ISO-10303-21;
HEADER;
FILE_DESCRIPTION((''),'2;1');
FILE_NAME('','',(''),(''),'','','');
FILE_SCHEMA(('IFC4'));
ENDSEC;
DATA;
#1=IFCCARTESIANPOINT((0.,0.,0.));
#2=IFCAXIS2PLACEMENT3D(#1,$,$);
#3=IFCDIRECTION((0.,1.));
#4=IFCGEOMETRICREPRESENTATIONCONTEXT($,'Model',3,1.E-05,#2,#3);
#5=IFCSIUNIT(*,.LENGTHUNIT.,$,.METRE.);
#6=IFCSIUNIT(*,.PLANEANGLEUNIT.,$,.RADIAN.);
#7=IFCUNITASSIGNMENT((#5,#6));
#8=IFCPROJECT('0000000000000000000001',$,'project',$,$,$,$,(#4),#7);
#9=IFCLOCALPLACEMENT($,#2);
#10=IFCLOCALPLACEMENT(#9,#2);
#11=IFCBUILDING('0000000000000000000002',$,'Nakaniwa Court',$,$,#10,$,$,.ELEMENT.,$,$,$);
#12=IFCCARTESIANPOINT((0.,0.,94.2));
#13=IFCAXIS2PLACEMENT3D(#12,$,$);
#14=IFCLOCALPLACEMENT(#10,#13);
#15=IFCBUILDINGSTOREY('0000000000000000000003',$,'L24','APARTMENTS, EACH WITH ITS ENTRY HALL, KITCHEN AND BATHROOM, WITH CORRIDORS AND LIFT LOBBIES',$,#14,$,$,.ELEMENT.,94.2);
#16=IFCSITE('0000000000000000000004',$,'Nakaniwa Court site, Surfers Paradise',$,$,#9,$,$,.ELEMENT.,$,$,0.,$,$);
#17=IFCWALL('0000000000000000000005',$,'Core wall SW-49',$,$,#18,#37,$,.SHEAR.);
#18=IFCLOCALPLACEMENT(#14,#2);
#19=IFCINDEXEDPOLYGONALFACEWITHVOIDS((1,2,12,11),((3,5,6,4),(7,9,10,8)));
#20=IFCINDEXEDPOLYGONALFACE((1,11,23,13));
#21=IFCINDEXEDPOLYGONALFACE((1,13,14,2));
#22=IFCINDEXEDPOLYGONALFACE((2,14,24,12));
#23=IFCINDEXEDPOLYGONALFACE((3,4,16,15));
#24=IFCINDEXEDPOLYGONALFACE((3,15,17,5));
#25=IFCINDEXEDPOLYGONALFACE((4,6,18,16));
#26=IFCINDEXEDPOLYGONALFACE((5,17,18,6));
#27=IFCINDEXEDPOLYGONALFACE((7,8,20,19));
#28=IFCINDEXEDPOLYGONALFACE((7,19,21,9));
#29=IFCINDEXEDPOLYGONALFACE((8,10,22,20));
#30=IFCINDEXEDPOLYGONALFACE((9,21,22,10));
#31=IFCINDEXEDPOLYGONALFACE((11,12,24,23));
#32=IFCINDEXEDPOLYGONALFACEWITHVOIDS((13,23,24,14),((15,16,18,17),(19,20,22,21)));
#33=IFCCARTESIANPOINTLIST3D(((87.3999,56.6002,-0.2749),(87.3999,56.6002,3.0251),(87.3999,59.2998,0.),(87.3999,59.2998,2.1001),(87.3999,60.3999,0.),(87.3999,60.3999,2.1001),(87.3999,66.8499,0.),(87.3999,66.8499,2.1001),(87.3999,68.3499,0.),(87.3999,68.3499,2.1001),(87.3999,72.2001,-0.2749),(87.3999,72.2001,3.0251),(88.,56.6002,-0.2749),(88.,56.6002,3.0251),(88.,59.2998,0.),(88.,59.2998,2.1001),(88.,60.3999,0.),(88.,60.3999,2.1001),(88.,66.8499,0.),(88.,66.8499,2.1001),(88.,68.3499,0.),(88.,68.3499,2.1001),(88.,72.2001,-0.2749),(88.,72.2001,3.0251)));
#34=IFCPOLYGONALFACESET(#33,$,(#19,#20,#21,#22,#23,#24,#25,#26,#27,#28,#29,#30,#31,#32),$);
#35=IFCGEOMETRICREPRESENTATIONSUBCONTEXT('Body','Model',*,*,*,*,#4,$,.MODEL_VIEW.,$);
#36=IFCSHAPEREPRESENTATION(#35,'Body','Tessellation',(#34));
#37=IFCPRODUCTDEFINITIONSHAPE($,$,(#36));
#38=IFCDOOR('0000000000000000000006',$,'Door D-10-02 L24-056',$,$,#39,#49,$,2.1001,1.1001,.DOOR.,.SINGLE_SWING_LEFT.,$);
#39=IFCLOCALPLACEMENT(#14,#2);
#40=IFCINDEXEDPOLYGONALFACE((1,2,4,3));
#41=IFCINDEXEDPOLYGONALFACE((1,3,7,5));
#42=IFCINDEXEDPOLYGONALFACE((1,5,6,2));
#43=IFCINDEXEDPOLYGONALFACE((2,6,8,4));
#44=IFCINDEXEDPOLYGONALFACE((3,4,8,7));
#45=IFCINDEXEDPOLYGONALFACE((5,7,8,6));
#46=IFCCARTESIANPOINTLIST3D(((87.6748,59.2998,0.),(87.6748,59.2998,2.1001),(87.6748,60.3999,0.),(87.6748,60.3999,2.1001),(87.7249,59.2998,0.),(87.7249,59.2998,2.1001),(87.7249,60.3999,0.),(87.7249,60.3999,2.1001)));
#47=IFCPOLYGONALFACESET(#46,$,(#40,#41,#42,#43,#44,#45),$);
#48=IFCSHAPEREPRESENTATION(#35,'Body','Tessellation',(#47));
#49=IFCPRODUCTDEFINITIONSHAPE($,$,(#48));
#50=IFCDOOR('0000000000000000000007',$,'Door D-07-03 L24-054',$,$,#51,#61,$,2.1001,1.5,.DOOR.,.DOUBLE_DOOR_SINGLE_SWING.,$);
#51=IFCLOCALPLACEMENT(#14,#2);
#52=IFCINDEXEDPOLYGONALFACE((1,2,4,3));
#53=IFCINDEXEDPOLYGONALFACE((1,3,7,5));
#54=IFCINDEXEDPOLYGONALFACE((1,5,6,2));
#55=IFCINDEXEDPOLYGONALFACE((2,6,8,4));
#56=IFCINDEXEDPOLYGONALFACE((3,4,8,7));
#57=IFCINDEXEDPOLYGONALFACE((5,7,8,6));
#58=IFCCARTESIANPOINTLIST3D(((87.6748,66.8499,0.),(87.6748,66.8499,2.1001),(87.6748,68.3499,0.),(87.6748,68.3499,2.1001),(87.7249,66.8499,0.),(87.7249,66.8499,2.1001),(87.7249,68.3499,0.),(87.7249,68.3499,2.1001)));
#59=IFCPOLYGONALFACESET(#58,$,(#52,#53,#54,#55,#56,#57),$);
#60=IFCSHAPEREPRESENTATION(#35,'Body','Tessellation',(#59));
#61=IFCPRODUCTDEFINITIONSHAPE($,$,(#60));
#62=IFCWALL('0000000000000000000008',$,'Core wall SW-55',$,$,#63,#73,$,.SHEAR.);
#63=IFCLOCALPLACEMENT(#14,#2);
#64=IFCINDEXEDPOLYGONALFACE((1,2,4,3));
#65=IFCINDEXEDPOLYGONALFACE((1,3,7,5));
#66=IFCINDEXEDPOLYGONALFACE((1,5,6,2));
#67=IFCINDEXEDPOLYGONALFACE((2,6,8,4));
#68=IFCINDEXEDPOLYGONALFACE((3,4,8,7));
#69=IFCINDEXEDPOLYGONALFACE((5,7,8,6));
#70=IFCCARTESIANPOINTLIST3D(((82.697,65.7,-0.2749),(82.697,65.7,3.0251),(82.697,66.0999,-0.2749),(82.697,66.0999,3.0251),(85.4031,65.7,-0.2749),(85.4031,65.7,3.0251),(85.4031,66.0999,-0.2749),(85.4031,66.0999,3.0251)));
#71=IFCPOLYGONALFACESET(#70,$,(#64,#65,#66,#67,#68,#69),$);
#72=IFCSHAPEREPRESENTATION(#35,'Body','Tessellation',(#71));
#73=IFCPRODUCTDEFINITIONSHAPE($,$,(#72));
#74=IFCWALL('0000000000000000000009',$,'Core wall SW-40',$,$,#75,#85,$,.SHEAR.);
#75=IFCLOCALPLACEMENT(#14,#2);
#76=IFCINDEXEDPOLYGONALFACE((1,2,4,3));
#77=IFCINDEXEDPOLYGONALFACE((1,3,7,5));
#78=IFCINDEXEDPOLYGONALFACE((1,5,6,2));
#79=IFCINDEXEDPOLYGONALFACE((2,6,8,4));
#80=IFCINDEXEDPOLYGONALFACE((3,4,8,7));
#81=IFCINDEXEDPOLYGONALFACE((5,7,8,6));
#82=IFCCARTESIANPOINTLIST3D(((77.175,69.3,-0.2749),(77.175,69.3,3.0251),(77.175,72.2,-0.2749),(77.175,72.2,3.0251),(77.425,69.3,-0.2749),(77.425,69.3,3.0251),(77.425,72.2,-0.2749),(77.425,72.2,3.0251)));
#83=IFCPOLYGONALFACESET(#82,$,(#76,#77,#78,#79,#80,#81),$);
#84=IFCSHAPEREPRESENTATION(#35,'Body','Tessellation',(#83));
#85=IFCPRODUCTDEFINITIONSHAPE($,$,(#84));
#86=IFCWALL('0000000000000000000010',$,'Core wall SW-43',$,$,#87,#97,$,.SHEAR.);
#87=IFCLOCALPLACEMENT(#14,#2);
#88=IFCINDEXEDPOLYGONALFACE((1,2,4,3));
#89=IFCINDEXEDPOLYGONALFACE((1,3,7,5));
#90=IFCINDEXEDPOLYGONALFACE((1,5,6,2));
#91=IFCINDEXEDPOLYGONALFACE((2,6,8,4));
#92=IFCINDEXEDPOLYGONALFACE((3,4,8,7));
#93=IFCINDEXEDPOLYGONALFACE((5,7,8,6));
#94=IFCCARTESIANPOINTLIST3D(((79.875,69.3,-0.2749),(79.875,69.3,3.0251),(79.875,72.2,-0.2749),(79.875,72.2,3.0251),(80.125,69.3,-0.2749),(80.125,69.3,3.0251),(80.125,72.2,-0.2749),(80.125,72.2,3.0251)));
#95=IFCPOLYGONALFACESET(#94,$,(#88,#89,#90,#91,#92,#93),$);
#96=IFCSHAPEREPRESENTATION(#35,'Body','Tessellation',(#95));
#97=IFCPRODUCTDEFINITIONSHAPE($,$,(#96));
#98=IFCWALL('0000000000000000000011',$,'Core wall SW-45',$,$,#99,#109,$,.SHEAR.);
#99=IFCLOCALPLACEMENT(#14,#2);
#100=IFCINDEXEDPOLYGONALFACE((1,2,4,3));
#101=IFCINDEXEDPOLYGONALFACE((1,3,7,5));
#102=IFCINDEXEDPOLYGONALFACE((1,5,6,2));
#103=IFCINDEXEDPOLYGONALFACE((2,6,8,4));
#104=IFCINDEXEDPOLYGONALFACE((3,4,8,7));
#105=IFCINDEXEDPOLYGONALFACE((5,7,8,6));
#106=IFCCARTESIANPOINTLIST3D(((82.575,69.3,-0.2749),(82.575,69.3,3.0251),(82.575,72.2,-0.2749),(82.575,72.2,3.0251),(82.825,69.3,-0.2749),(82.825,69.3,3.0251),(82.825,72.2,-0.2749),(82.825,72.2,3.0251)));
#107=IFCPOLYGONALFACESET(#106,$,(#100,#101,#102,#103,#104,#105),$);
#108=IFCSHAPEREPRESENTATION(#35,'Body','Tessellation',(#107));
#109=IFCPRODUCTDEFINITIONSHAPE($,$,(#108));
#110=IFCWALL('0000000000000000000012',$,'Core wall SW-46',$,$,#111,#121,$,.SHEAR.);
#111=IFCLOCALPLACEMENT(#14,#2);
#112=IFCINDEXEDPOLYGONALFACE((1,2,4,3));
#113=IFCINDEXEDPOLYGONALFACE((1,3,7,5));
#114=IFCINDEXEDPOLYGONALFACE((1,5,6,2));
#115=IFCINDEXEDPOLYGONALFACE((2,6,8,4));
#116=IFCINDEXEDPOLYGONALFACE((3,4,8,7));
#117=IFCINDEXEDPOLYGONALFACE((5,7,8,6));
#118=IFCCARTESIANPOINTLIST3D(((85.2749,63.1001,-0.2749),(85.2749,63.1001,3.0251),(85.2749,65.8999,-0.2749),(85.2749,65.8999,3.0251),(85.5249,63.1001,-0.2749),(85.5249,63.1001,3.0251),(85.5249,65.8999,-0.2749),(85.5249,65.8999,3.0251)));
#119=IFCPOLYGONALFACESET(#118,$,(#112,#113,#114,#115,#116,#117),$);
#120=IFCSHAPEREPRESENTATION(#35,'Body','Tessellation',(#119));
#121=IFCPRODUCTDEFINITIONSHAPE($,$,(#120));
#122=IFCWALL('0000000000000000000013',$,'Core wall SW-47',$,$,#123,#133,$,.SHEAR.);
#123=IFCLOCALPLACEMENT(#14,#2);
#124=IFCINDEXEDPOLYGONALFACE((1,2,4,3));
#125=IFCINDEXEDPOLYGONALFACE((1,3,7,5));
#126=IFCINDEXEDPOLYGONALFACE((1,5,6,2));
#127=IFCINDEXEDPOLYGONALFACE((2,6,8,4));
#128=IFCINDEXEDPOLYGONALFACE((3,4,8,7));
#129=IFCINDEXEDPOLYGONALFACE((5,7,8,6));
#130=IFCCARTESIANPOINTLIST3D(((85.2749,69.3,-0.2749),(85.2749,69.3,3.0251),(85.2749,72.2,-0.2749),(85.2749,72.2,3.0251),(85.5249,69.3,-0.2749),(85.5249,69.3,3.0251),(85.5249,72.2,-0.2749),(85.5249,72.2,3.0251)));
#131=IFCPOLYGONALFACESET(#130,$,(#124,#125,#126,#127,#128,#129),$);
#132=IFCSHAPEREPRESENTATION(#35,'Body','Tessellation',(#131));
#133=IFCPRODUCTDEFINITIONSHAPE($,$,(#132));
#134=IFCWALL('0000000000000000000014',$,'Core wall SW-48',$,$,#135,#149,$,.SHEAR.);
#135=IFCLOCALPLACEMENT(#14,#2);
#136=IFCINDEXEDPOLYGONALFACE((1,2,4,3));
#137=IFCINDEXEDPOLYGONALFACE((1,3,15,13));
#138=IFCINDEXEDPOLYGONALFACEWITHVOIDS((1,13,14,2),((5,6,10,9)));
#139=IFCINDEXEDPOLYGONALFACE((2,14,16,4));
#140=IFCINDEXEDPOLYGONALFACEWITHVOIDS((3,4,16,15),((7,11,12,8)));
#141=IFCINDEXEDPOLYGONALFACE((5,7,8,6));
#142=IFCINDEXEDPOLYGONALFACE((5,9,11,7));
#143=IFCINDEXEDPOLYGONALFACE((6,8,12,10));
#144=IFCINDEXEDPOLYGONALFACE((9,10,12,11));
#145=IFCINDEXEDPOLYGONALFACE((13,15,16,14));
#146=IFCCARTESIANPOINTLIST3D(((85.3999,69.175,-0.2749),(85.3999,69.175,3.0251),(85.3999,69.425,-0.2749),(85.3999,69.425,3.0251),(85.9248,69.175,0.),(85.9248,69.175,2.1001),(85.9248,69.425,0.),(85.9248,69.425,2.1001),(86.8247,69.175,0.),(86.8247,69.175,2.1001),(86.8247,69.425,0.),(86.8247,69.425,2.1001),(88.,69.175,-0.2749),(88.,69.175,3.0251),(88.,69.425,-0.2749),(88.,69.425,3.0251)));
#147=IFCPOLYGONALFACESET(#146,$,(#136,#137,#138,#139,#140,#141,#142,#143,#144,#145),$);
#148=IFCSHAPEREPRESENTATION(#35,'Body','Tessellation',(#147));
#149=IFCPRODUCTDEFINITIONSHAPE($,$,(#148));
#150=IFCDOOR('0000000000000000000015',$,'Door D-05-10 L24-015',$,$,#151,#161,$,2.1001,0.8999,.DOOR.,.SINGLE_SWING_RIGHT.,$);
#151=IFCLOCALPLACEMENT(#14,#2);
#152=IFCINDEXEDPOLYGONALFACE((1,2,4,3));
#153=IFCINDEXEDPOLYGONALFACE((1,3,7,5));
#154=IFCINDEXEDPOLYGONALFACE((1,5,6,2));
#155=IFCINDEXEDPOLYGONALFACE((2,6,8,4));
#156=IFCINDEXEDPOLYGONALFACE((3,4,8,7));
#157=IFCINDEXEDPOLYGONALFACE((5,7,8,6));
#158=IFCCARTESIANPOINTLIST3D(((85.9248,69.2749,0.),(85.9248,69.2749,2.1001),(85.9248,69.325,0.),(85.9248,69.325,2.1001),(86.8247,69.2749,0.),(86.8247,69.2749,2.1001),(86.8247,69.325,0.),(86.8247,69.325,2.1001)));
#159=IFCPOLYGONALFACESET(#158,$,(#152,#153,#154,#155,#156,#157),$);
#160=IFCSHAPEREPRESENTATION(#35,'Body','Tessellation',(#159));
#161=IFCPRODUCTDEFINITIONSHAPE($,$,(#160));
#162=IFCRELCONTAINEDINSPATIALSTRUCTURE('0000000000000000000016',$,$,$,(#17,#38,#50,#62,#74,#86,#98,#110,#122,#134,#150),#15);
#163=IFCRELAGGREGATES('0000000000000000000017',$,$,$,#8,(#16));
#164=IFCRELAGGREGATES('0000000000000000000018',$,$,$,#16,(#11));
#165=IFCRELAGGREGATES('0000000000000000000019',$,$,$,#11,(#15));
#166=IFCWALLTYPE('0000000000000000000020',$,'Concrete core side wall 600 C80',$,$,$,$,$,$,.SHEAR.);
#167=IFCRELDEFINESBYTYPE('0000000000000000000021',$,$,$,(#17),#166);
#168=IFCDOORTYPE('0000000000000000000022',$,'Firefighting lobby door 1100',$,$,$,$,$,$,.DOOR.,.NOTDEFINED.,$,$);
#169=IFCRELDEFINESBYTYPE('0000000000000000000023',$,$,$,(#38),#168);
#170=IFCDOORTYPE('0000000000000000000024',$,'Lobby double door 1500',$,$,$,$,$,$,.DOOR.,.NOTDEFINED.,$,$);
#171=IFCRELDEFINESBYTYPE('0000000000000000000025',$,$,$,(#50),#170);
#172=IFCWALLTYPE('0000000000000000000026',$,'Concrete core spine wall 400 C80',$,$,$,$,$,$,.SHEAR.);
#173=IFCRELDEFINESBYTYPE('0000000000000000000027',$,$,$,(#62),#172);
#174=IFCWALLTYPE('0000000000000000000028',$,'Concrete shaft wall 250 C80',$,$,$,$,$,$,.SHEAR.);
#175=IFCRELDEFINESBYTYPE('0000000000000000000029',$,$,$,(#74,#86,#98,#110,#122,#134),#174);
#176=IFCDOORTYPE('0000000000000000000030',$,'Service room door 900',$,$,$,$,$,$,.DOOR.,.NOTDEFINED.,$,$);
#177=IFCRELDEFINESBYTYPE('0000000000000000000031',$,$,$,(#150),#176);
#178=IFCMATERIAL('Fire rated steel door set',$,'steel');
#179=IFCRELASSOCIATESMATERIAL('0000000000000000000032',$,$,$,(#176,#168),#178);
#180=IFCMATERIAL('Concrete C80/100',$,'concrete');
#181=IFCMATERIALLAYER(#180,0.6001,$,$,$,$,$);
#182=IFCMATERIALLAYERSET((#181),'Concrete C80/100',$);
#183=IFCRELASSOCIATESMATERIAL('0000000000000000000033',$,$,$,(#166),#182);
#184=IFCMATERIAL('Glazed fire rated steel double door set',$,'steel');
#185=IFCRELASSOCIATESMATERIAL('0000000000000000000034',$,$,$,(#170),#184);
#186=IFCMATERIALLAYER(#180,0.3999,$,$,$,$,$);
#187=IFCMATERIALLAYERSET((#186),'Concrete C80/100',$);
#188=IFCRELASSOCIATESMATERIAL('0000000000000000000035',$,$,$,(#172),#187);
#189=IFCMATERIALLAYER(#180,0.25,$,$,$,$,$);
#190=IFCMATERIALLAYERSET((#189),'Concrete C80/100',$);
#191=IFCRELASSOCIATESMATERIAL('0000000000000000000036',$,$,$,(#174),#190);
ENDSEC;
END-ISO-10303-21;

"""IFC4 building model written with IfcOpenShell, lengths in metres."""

from ifc_helpers import new_model, si_unit, direction, frame, frame_2d, origin, place, context, subcontext, project, spatial, rectangle, extrude, material, layer, layer_set, type_object, element, fill, save


model = new_model("IFC4")

# Units and contexts
model_context = context("Model", 3, precision=1e-05, world=origin(), true_north=direction((0.0, 1.0)))
body_context = subcontext(model_context, "Body", "Model", "MODEL_VIEW")
ifc_project = project(units=[si_unit("LENGTHUNIT", "METRE"), si_unit("PLANEANGLEUNIT", "RADIAN")], contexts=[model_context])

# Site, building, storey
site_placement = place(None, origin())
site = spatial("IfcSite", under=ifc_project, at=site_placement, Name="Nakaniwa Court site, Surfers Paradise", CompositionType="ELEMENT", RefElevation=0.0)
building_placement = place(site_placement, origin())
building = spatial("IfcBuilding", under=site, at=building_placement, Name="Nakaniwa Court", CompositionType="ELEMENT")
storey_placement = place(building_placement, frame((0.0, 0.0, 94.2)))
storey = spatial("IfcBuildingStorey", under=building, at=storey_placement, Name="L24", Description="APARTMENTS, EACH WITH ITS ENTRY HALL, KITCHEN AND BATHROOM, WITH CORRIDORS AND LIFT LOBBIES", CompositionType="ELEMENT", Elevation=94.2)

# Shared definitions
ifc_material_1 = material(Name="Concrete C80/100", Category="concrete")

# Shared definitions
ifc_material_2 = material(Name="Fire rated steel door set", Category="steel")
door_type_1 = type_object("IfcDoorType", Name="Service room door 900", OperationType="NOTDEFINED", PredefinedType="DOOR", material=ifc_material_2)

# Wall, openings, doors
ifc_layer_1 = layer(ifc_material_1, 0.6001)
ifc_layer_set_1 = layer_set([ifc_layer_1], Name="Concrete C80/100")
wall_type_1 = type_object("IfcWallType", Name="Concrete core side wall 600 C80", PredefinedType="SHEAR", material=ifc_layer_set_1)
wall_1_placement = place(storey_placement, frame((87.7, 72.2, -0.2749), z_axis=(0.0, 0.0, 1.0), x_axis=(0.0, -1.0, 0.0)))
wall_1 = element("IfcWall", 1, at=wall_1_placement, inside=storey, type_object=wall_type_1, Name="Core wall SW-49", PredefinedType="SHEAR", context=body_context, shape_type="SweptSolid", body=[
    extrude(rectangle(XDim=15.5999, YDim=0.6001, at=frame_2d((7.7998, 0.0))), origin(), (0.0, 0.0, 1.0), 3.3),
])
opening_1_placement = place(wall_1_placement, frame((3.8501, 0.0, 0.2749)))
opening_1 = element("IfcOpeningElement", 2, at=opening_1_placement, cuts=wall_1, PredefinedType="OPENING", context=body_context, shape_type="SweptSolid", body=[
    extrude(rectangle(XDim=1.5, YDim=2.1001, at=frame_2d((0.75, 1.05))), frame((0.0, 0.3101, 0.0), z_axis=(0.0, -1.0, 0.0), x_axis=(1.0, 0.0, 0.0)), (0.0, 0.0, 1.0), 0.6201),
])
opening_2_placement = place(wall_1_placement, frame((11.8, 0.0, 0.2749)))
opening_2 = element("IfcOpeningElement", 3, at=opening_2_placement, cuts=wall_1, PredefinedType="OPENING", context=body_context, shape_type="SweptSolid", body=[
    extrude(rectangle(XDim=1.1001, YDim=2.1001, at=frame_2d((0.55, 1.05))), frame((0.0, 0.3101, 0.0), z_axis=(0.0, -1.0, 0.0), x_axis=(1.0, 0.0, 0.0)), (0.0, 0.0, 1.0), 0.6201),
])
door_type_2 = type_object("IfcDoorType", Name="Firefighting lobby door 1100", OperationType="NOTDEFINED", PredefinedType="DOOR", material=ifc_material_2)
door_1_placement = place(opening_2_placement, origin())
door_1 = element("IfcDoor", 4, at=door_1_placement, inside=storey, type_object=door_type_2, Name="Door D-10-02 L24-056", OperationType="SINGLE_SWING_LEFT", OverallHeight=2.1001, OverallWidth=1.1001, PredefinedType="DOOR", context=body_context, shape_type="SweptSolid", body=[
    extrude(rectangle(XDim=1.1001, YDim=2.1001, at=frame_2d((0.55, 1.05))), frame((0.0, 0.0249, 0.0), z_axis=(0.0, -1.0, 0.0), x_axis=(1.0, 0.0, 0.0)), (0.0, 0.0, 1.0), 0.05),
])
fill(opening_2, door_1)
ifc_material_3 = material(Name="Glazed fire rated steel double door set", Category="steel")
door_type_3 = type_object("IfcDoorType", Name="Lobby double door 1500", OperationType="NOTDEFINED", PredefinedType="DOOR", material=ifc_material_3)
door_2_placement = place(opening_1_placement, origin())
door_2 = element("IfcDoor", 5, at=door_2_placement, inside=storey, type_object=door_type_3, Name="Door D-07-03 L24-054", OperationType="DOUBLE_DOOR_SINGLE_SWING", OverallHeight=2.1001, OverallWidth=1.5, PredefinedType="DOOR", context=body_context, shape_type="SweptSolid", body=[
    extrude(rectangle(XDim=1.5, YDim=2.1001, at=frame_2d((0.75, 1.05))), frame((0.0, 0.0249, 0.0), z_axis=(0.0, -1.0, 0.0), x_axis=(1.0, 0.0, 0.0)), (0.0, 0.0, 1.0), 0.05),
])
fill(opening_1, door_2)

# Walls
ifc_layer_2 = layer(ifc_material_1, 0.3999)
ifc_layer_set_2 = layer_set([ifc_layer_2], Name="Concrete C80/100")
wall_type_2 = type_object("IfcWallType", Name="Concrete core spine wall 400 C80", PredefinedType="SHEAR", material=ifc_layer_set_2)
wall_2_placement = place(storey_placement, frame((82.697, 65.8999, -0.2749), z_axis=(0.0, 0.0, 1.0), x_axis=(1.0, 0.0, 0.0)))
element("IfcWall", 6, at=wall_2_placement, inside=storey, type_object=wall_type_2, Name="Core wall SW-55", PredefinedType="SHEAR", context=body_context, shape_type="SweptSolid", body=[
    extrude(rectangle(XDim=2.7061, YDim=0.3999, at=frame_2d((1.353, 0.0))), origin(), (0.0, 0.0, 1.0), 3.3),
])
ifc_layer_3 = layer(ifc_material_1, 0.25)
ifc_layer_set_3 = layer_set([ifc_layer_3], Name="Concrete C80/100")
wall_type_3 = type_object("IfcWallType", Name="Concrete shaft wall 250 C80", PredefinedType="SHEAR", material=ifc_layer_set_3)
for number, where, z_axis, x_axis, name in (
    (7, (77.3, 69.3, -0.2749), (0.0, 0.0, 1.0), (0.0, 1.0, 0.0), "Core wall SW-40"),
    (8, (80.0, 69.3, -0.2749), (0.0, 0.0, 1.0), (0.0, 1.0, 0.0), "Core wall SW-43"),
    (9, (82.7, 69.3, -0.2749), (0.0, 0.0, 1.0), (0.0, 1.0, 0.0), "Core wall SW-45"),
):
    element("IfcWall", number, at=place(storey_placement, frame(where, z_axis=z_axis, x_axis=x_axis)), inside=storey, type_object=wall_type_3, Name=name, PredefinedType="SHEAR", context=body_context, shape_type="SweptSolid", body=[
        extrude(rectangle(XDim=2.8999, YDim=0.25, at=frame_2d((1.45, 0.0))), origin(), (0.0, 0.0, 1.0), 3.3),
    ])
wall_3_placement = place(storey_placement, frame((85.3999, 63.1001, -0.2749), z_axis=(0.0, 0.0, 1.0), x_axis=(0.0, 1.0, 0.0)))
element("IfcWall", 10, at=wall_3_placement, inside=storey, type_object=wall_type_3, Name="Core wall SW-46", PredefinedType="SHEAR", context=body_context, shape_type="SweptSolid", body=[
    extrude(rectangle(XDim=2.7998, YDim=0.25, at=frame_2d((1.3999, 0.0))), origin(), (0.0, 0.0, 1.0), 3.3),
])
wall_4_placement = place(storey_placement, frame((85.3999, 69.3, -0.2749), z_axis=(0.0, 0.0, 1.0), x_axis=(0.0, 1.0, 0.0)))
element("IfcWall", 11, at=wall_4_placement, inside=storey, type_object=wall_type_3, Name="Core wall SW-47", PredefinedType="SHEAR", context=body_context, shape_type="SweptSolid", body=[
    extrude(rectangle(XDim=2.8999, YDim=0.25, at=frame_2d((1.45, 0.0))), origin(), (0.0, 0.0, 1.0), 3.3),
])

# Wall, opening, door
wall_5_placement = place(storey_placement, frame((85.3999, 69.3, -0.2749), z_axis=(0.0, 0.0, 1.0), x_axis=(1.0, 0.0, 0.0)))
wall_5 = element("IfcWall", 12, at=wall_5_placement, inside=storey, type_object=wall_type_3, Name="Core wall SW-48", PredefinedType="SHEAR", context=body_context, shape_type="SweptSolid", body=[
    extrude(rectangle(XDim=2.6001, YDim=0.25, at=frame_2d((1.3, 0.0))), origin(), (0.0, 0.0, 1.0), 3.3),
])
opening_3_placement = place(wall_5_placement, frame((0.5249, 0.0, 0.2749)))
opening_3 = element("IfcOpeningElement", 13, at=opening_3_placement, cuts=wall_5, PredefinedType="OPENING", context=body_context, shape_type="SweptSolid", body=[
    extrude(rectangle(XDim=0.8999, YDim=2.1001, at=frame_2d((0.45, 1.05))), frame((0.0, 0.135, 0.0), z_axis=(0.0, -1.0, 0.0), x_axis=(1.0, 0.0, 0.0)), (0.0, 0.0, 1.0), 0.27),
])
door_3_placement = place(opening_3_placement, origin())
door_3 = element("IfcDoor", 14, at=door_3_placement, inside=storey, type_object=door_type_1, Name="Door D-05-10 L24-015", OperationType="SINGLE_SWING_RIGHT", OverallHeight=2.1001, OverallWidth=0.8999, PredefinedType="DOOR", context=body_context, shape_type="SweptSolid", body=[
    extrude(rectangle(XDim=0.8999, YDim=2.1001, at=frame_2d((0.45, 1.05))), frame((0.0, 0.0249, 0.0), z_axis=(0.0, -1.0, 0.0), x_axis=(1.0, 0.0, 0.0)), (0.0, 0.0, 1.0), 0.05),
])
fill(opening_3, door_3)

save(model, "model.ifc")
